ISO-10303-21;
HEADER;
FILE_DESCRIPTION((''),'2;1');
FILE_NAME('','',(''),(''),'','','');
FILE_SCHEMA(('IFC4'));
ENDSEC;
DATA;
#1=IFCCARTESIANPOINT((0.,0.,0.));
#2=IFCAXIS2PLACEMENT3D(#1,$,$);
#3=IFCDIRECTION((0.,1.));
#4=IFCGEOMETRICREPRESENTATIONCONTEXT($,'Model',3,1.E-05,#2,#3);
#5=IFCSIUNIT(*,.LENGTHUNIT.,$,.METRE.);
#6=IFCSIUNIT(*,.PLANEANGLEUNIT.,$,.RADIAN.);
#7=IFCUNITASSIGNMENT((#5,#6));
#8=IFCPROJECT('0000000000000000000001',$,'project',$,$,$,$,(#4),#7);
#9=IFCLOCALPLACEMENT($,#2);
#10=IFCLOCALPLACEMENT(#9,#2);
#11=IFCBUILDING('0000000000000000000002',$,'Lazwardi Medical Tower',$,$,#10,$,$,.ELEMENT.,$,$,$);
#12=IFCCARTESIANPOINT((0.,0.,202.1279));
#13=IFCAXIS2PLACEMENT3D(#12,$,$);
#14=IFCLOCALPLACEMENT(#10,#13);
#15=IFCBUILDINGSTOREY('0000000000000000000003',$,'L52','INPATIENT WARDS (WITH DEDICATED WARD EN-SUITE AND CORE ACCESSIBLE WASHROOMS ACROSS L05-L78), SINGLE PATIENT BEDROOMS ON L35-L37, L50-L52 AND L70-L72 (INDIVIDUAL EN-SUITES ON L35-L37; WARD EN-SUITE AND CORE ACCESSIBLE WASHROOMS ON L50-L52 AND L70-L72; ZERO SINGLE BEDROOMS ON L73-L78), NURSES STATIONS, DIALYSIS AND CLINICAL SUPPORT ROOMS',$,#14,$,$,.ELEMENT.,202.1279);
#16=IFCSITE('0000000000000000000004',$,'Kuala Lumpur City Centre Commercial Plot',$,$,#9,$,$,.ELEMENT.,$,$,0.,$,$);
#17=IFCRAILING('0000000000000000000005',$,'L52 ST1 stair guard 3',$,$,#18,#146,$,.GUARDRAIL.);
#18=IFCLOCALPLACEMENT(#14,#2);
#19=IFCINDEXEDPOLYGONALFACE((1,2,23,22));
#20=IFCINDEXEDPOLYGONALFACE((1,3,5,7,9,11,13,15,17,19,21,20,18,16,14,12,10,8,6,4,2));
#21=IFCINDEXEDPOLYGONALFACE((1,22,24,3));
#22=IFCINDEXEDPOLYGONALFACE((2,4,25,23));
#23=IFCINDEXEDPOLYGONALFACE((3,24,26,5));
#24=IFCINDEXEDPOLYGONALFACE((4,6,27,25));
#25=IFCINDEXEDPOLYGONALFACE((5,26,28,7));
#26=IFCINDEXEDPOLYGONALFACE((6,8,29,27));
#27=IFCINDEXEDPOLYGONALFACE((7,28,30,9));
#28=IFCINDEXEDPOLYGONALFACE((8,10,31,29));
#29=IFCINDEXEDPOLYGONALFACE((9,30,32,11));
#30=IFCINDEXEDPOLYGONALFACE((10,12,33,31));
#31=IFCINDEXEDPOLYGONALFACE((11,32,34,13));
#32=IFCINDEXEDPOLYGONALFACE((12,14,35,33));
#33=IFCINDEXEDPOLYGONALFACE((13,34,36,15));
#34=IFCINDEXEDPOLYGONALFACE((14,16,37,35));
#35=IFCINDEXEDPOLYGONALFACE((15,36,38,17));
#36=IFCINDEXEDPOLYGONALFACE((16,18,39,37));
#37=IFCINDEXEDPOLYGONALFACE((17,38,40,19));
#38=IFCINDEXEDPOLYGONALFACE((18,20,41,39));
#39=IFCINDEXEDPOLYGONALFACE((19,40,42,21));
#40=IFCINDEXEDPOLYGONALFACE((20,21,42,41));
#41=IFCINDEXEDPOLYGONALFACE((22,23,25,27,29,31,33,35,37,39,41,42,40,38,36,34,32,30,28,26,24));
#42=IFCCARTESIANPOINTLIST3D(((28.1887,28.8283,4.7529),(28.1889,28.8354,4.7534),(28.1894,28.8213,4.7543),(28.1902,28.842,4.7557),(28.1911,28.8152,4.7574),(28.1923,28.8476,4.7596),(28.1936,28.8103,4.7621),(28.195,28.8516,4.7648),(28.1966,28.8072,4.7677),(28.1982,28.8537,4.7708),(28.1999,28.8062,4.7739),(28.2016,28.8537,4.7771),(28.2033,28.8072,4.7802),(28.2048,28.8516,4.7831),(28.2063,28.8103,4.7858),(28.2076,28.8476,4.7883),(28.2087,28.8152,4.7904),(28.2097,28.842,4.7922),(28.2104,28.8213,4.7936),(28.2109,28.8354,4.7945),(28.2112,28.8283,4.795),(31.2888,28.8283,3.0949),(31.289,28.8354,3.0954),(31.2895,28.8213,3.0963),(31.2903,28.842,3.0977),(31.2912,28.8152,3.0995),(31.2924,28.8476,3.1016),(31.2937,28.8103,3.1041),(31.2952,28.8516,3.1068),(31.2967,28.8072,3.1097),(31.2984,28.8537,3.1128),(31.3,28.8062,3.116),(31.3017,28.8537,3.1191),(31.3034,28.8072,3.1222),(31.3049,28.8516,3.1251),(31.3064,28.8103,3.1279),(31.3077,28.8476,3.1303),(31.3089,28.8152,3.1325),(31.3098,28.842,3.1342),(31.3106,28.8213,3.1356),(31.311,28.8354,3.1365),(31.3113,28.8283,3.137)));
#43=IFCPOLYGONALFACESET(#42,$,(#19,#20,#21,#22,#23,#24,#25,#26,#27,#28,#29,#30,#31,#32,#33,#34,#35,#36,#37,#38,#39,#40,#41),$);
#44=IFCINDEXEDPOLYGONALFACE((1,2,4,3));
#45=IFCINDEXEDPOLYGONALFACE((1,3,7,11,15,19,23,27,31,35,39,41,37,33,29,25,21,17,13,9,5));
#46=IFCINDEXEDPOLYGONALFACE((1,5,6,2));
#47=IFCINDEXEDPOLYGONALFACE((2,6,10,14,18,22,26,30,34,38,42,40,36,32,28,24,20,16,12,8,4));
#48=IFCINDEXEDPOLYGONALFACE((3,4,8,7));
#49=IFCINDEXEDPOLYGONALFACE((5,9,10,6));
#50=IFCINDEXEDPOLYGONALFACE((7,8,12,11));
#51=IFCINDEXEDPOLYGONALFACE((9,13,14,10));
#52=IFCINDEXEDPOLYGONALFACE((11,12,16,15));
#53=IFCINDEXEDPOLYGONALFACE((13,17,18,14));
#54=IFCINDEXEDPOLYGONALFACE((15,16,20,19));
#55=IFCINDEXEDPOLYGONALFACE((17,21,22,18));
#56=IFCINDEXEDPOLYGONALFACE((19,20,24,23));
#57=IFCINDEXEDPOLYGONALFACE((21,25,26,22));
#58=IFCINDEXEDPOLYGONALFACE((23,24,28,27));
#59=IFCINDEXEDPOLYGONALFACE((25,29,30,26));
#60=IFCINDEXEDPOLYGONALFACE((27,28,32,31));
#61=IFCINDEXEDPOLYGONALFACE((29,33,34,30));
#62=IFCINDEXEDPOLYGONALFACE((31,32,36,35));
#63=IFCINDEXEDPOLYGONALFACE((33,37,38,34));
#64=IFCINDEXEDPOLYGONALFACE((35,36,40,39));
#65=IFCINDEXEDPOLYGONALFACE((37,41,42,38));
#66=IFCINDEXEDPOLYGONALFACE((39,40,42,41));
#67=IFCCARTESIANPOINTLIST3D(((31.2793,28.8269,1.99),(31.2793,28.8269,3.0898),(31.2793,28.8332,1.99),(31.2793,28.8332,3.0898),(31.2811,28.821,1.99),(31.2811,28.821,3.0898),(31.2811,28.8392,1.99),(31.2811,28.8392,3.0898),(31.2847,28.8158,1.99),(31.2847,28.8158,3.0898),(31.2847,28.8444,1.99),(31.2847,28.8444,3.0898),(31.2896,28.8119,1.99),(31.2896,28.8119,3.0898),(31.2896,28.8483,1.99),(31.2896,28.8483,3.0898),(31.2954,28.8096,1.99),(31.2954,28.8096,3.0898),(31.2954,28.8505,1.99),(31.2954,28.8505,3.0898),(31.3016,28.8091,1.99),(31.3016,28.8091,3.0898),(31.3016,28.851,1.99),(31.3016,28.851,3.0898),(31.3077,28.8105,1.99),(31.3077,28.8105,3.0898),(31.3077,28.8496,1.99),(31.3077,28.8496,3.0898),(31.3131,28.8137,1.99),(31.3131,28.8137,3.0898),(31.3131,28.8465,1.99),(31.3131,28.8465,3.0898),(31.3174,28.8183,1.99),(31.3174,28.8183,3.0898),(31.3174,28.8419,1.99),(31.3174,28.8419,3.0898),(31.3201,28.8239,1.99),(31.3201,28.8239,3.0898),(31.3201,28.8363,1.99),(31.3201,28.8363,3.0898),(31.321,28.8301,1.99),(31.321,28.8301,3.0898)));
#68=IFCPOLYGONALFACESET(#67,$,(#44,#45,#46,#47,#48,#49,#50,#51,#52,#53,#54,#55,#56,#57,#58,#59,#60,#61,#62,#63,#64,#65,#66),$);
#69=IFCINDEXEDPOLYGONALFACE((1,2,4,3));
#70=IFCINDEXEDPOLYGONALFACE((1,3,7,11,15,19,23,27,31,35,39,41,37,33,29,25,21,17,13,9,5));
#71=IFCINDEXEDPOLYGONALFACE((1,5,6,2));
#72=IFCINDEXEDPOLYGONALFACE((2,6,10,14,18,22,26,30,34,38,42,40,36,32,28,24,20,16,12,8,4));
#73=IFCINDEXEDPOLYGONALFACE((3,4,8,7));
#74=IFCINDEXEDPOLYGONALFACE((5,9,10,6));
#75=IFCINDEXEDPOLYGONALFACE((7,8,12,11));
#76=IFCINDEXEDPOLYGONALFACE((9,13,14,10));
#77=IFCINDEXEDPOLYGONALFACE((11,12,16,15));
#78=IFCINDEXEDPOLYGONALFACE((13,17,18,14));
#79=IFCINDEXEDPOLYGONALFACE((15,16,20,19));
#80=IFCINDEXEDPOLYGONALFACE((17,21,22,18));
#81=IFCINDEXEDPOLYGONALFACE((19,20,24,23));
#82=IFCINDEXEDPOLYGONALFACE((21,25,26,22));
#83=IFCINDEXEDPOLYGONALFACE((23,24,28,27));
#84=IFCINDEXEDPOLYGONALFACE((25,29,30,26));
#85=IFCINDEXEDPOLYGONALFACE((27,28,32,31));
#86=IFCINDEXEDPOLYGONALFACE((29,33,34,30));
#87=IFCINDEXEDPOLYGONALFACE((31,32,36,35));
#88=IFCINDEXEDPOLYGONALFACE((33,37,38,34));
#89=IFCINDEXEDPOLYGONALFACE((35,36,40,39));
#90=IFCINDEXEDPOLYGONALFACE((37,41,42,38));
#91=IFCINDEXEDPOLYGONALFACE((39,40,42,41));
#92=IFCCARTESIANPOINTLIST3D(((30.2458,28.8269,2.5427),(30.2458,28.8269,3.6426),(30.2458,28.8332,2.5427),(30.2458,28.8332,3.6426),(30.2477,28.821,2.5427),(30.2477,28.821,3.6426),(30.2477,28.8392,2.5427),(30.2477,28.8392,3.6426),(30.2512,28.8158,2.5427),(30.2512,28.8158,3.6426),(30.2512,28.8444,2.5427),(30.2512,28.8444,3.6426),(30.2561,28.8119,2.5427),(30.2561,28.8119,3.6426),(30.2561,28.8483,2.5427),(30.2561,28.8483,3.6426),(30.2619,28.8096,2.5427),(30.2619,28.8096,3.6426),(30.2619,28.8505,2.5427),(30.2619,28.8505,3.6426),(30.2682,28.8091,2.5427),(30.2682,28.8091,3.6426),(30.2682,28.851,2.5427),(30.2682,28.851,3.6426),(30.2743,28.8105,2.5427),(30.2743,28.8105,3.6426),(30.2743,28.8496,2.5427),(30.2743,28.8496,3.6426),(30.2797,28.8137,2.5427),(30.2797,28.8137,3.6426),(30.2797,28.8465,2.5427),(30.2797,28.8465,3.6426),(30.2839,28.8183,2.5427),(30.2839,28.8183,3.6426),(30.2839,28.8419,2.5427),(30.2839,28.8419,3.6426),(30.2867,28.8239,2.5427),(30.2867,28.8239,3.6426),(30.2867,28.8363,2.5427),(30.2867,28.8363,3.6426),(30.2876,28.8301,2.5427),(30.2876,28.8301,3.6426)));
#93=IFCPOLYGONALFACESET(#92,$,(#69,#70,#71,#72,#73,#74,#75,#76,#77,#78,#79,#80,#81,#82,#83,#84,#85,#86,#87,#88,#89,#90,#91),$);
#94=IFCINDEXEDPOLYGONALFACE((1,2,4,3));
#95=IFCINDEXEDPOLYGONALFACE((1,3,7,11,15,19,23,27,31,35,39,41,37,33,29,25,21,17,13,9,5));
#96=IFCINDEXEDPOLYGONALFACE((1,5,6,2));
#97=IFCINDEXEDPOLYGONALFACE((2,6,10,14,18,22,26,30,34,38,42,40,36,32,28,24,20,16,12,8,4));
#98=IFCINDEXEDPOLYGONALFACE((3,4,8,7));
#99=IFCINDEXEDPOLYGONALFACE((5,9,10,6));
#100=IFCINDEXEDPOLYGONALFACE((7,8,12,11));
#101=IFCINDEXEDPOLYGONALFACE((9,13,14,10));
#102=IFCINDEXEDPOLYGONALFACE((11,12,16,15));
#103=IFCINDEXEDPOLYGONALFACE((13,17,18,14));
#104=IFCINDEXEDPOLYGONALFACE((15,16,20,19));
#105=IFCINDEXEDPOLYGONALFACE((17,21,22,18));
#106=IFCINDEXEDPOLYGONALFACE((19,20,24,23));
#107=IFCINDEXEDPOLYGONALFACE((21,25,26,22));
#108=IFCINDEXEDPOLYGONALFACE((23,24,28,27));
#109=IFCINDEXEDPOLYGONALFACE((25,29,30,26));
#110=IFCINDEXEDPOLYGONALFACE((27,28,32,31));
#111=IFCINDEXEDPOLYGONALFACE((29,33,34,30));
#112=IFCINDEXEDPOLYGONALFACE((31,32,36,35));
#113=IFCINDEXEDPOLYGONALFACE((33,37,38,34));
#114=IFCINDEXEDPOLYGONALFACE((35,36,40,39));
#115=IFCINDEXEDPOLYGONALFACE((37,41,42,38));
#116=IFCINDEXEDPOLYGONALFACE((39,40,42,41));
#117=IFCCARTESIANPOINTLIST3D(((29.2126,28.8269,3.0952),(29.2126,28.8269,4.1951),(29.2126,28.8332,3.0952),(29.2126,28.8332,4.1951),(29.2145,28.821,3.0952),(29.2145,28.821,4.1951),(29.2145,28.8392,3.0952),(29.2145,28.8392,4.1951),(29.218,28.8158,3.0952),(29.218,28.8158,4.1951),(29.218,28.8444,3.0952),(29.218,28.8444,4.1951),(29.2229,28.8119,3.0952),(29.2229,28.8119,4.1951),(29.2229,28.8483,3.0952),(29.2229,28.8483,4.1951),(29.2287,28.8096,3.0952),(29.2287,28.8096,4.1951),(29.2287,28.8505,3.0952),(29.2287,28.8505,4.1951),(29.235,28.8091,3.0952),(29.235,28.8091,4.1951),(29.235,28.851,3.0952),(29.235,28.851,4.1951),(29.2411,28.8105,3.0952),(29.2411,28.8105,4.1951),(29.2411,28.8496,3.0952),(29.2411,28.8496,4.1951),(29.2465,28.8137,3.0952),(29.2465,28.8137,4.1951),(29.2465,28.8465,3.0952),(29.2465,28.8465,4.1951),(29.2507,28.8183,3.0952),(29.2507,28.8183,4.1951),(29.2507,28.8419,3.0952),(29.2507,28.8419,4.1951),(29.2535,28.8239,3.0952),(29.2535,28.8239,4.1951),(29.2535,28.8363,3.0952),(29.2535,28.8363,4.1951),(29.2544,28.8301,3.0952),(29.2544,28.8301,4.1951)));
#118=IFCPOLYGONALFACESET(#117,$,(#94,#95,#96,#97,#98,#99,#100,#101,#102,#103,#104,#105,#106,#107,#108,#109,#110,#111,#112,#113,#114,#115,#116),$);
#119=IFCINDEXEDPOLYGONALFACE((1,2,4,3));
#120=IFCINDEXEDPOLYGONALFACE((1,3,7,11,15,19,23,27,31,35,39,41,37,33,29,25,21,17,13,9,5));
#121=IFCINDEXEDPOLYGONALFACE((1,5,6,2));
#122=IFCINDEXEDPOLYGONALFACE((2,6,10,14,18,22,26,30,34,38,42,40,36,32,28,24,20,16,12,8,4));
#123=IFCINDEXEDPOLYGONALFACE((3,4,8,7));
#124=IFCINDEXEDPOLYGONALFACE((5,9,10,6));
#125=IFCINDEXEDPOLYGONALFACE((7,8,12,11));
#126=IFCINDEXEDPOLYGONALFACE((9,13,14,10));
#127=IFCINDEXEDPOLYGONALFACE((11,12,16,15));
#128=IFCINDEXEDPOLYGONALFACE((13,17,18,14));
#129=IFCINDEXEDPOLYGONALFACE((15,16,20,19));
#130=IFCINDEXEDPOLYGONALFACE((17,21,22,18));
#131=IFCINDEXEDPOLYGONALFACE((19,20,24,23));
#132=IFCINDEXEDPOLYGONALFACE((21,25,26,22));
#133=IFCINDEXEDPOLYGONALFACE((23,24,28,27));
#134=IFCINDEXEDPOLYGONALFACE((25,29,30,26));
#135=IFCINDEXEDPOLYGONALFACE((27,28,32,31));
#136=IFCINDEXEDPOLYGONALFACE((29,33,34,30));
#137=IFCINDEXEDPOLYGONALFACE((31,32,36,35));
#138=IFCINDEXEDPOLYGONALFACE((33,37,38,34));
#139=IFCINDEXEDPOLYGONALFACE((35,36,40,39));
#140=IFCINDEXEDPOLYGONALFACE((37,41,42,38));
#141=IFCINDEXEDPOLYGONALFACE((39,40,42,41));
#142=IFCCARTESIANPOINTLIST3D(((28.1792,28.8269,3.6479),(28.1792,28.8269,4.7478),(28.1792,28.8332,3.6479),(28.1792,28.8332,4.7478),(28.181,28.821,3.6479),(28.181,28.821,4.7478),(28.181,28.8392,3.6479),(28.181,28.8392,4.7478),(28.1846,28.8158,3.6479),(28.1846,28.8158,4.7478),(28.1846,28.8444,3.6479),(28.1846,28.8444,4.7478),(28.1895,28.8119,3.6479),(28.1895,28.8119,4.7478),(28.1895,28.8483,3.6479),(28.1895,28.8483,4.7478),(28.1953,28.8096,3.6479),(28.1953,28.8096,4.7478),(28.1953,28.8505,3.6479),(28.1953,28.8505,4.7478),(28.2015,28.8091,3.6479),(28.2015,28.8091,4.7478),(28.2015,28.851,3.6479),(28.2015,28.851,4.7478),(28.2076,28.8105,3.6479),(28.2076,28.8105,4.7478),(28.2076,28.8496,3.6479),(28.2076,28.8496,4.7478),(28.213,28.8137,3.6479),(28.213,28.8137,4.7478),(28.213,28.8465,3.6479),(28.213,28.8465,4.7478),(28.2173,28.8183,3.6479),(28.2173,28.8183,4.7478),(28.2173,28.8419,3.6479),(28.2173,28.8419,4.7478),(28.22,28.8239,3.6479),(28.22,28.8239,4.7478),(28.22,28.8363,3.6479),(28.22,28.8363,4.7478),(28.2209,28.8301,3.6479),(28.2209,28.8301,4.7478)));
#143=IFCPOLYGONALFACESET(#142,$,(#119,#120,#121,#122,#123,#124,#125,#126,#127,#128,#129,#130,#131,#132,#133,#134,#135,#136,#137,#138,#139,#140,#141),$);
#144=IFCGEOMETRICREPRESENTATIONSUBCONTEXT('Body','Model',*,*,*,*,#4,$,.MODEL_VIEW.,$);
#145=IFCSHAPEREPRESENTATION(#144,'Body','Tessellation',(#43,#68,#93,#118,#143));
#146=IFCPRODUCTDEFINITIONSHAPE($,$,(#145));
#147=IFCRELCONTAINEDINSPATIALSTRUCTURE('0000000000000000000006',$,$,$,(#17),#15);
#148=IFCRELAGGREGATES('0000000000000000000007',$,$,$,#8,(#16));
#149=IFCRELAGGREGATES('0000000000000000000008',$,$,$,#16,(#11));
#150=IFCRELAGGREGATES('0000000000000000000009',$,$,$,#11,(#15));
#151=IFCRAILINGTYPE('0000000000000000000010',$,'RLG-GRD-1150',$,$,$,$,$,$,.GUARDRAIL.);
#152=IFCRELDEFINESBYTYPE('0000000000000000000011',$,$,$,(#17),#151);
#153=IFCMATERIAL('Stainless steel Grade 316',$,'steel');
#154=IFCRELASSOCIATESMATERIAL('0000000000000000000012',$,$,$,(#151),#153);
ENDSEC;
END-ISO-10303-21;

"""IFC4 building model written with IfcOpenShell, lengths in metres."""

from ifc_helpers import new_model, si_unit, direction, frame, origin, origin_2d, place, context, subcontext, project, spatial, circle, extrude, material, type_object, element, save


model = new_model("IFC4")

# Units and contexts
model_context = context("Model", 3, precision=1e-05, world=origin(), true_north=direction((0.0, 1.0)))
body_context = subcontext(model_context, "Body", "Model", "MODEL_VIEW")
ifc_project = project(units=[si_unit("LENGTHUNIT", "METRE"), si_unit("PLANEANGLEUNIT", "RADIAN")], contexts=[model_context])

# Site, building, storey
site_placement = place(None, origin())
site = spatial("IfcSite", under=ifc_project, at=site_placement, Name="Kuala Lumpur City Centre Commercial Plot", CompositionType="ELEMENT", RefElevation=0.0)
building_placement = place(site_placement, origin())
building = spatial("IfcBuilding", under=site, at=building_placement, Name="Lazwardi Medical Tower", CompositionType="ELEMENT")
storey_placement = place(building_placement, frame((0.0, 0.0, 202.1279)))
storey = spatial("IfcBuildingStorey", under=building, at=storey_placement, Name="L52", Description="INPATIENT WARDS (WITH DEDICATED WARD EN-SUITE AND CORE ACCESSIBLE WASHROOMS ACROSS L05-L78), SINGLE PATIENT BEDROOMS ON L35-L37, L50-L52 AND L70-L72 (INDIVIDUAL EN-SUITES ON L35-L37; WARD EN-SUITE AND CORE ACCESSIBLE WASHROOMS ON L50-L52 AND L70-L72; ZERO SINGLE BEDROOMS ON L73-L78), NURSES STATIONS, DIALYSIS AND CLINICAL SUPPORT ROOMS", CompositionType="ELEMENT", Elevation=202.1279)

# Railing
ifc_material_1 = material(Name="Stainless steel Grade 316", Category="steel")
railing_type_1 = type_object("IfcRailingType", Name="RLG-GRD-1150", PredefinedType="GUARDRAIL", material=ifc_material_1)
railing_1_placement = place(storey_placement, frame((31.3, 28.8301, 1.99)))
element("IfcRailing", 1, at=railing_1_placement, inside=storey, type_object=railing_type_1, Name="L52 ST1 stair guard 3", PredefinedType="GUARDRAIL", context=body_context, shape_type="SweptSolid", body=[
    extrude(circle(Radius=0.0239, at=origin_2d()), frame((0.0, 0.0, 1.126), z_axis=(-0.881812, 0.0, 0.471601), x_axis=(0.0, -1.0, 0.0)), (0.0, 0.0, 1.0), 3.5156),
    extrude(circle(Radius=0.021, at=origin_2d()), origin(), (0.0, 0.0, 1.0), 1.0999),
    extrude(circle(Radius=0.021, at=origin_2d()), frame((-1.0334, 0.0, 0.5527)), (0.0, 0.0, 1.0), 1.0999),
    extrude(circle(Radius=0.021, at=origin_2d()), frame((-2.0667, 0.0, 1.1052)), (0.0, 0.0, 1.0), 1.0999),
    extrude(circle(Radius=0.021, at=origin_2d()), frame((-3.1001, 0.0, 1.658)), (0.0, 0.0, 1.0), 1.0999),
])

save(model, "model.ifc")
